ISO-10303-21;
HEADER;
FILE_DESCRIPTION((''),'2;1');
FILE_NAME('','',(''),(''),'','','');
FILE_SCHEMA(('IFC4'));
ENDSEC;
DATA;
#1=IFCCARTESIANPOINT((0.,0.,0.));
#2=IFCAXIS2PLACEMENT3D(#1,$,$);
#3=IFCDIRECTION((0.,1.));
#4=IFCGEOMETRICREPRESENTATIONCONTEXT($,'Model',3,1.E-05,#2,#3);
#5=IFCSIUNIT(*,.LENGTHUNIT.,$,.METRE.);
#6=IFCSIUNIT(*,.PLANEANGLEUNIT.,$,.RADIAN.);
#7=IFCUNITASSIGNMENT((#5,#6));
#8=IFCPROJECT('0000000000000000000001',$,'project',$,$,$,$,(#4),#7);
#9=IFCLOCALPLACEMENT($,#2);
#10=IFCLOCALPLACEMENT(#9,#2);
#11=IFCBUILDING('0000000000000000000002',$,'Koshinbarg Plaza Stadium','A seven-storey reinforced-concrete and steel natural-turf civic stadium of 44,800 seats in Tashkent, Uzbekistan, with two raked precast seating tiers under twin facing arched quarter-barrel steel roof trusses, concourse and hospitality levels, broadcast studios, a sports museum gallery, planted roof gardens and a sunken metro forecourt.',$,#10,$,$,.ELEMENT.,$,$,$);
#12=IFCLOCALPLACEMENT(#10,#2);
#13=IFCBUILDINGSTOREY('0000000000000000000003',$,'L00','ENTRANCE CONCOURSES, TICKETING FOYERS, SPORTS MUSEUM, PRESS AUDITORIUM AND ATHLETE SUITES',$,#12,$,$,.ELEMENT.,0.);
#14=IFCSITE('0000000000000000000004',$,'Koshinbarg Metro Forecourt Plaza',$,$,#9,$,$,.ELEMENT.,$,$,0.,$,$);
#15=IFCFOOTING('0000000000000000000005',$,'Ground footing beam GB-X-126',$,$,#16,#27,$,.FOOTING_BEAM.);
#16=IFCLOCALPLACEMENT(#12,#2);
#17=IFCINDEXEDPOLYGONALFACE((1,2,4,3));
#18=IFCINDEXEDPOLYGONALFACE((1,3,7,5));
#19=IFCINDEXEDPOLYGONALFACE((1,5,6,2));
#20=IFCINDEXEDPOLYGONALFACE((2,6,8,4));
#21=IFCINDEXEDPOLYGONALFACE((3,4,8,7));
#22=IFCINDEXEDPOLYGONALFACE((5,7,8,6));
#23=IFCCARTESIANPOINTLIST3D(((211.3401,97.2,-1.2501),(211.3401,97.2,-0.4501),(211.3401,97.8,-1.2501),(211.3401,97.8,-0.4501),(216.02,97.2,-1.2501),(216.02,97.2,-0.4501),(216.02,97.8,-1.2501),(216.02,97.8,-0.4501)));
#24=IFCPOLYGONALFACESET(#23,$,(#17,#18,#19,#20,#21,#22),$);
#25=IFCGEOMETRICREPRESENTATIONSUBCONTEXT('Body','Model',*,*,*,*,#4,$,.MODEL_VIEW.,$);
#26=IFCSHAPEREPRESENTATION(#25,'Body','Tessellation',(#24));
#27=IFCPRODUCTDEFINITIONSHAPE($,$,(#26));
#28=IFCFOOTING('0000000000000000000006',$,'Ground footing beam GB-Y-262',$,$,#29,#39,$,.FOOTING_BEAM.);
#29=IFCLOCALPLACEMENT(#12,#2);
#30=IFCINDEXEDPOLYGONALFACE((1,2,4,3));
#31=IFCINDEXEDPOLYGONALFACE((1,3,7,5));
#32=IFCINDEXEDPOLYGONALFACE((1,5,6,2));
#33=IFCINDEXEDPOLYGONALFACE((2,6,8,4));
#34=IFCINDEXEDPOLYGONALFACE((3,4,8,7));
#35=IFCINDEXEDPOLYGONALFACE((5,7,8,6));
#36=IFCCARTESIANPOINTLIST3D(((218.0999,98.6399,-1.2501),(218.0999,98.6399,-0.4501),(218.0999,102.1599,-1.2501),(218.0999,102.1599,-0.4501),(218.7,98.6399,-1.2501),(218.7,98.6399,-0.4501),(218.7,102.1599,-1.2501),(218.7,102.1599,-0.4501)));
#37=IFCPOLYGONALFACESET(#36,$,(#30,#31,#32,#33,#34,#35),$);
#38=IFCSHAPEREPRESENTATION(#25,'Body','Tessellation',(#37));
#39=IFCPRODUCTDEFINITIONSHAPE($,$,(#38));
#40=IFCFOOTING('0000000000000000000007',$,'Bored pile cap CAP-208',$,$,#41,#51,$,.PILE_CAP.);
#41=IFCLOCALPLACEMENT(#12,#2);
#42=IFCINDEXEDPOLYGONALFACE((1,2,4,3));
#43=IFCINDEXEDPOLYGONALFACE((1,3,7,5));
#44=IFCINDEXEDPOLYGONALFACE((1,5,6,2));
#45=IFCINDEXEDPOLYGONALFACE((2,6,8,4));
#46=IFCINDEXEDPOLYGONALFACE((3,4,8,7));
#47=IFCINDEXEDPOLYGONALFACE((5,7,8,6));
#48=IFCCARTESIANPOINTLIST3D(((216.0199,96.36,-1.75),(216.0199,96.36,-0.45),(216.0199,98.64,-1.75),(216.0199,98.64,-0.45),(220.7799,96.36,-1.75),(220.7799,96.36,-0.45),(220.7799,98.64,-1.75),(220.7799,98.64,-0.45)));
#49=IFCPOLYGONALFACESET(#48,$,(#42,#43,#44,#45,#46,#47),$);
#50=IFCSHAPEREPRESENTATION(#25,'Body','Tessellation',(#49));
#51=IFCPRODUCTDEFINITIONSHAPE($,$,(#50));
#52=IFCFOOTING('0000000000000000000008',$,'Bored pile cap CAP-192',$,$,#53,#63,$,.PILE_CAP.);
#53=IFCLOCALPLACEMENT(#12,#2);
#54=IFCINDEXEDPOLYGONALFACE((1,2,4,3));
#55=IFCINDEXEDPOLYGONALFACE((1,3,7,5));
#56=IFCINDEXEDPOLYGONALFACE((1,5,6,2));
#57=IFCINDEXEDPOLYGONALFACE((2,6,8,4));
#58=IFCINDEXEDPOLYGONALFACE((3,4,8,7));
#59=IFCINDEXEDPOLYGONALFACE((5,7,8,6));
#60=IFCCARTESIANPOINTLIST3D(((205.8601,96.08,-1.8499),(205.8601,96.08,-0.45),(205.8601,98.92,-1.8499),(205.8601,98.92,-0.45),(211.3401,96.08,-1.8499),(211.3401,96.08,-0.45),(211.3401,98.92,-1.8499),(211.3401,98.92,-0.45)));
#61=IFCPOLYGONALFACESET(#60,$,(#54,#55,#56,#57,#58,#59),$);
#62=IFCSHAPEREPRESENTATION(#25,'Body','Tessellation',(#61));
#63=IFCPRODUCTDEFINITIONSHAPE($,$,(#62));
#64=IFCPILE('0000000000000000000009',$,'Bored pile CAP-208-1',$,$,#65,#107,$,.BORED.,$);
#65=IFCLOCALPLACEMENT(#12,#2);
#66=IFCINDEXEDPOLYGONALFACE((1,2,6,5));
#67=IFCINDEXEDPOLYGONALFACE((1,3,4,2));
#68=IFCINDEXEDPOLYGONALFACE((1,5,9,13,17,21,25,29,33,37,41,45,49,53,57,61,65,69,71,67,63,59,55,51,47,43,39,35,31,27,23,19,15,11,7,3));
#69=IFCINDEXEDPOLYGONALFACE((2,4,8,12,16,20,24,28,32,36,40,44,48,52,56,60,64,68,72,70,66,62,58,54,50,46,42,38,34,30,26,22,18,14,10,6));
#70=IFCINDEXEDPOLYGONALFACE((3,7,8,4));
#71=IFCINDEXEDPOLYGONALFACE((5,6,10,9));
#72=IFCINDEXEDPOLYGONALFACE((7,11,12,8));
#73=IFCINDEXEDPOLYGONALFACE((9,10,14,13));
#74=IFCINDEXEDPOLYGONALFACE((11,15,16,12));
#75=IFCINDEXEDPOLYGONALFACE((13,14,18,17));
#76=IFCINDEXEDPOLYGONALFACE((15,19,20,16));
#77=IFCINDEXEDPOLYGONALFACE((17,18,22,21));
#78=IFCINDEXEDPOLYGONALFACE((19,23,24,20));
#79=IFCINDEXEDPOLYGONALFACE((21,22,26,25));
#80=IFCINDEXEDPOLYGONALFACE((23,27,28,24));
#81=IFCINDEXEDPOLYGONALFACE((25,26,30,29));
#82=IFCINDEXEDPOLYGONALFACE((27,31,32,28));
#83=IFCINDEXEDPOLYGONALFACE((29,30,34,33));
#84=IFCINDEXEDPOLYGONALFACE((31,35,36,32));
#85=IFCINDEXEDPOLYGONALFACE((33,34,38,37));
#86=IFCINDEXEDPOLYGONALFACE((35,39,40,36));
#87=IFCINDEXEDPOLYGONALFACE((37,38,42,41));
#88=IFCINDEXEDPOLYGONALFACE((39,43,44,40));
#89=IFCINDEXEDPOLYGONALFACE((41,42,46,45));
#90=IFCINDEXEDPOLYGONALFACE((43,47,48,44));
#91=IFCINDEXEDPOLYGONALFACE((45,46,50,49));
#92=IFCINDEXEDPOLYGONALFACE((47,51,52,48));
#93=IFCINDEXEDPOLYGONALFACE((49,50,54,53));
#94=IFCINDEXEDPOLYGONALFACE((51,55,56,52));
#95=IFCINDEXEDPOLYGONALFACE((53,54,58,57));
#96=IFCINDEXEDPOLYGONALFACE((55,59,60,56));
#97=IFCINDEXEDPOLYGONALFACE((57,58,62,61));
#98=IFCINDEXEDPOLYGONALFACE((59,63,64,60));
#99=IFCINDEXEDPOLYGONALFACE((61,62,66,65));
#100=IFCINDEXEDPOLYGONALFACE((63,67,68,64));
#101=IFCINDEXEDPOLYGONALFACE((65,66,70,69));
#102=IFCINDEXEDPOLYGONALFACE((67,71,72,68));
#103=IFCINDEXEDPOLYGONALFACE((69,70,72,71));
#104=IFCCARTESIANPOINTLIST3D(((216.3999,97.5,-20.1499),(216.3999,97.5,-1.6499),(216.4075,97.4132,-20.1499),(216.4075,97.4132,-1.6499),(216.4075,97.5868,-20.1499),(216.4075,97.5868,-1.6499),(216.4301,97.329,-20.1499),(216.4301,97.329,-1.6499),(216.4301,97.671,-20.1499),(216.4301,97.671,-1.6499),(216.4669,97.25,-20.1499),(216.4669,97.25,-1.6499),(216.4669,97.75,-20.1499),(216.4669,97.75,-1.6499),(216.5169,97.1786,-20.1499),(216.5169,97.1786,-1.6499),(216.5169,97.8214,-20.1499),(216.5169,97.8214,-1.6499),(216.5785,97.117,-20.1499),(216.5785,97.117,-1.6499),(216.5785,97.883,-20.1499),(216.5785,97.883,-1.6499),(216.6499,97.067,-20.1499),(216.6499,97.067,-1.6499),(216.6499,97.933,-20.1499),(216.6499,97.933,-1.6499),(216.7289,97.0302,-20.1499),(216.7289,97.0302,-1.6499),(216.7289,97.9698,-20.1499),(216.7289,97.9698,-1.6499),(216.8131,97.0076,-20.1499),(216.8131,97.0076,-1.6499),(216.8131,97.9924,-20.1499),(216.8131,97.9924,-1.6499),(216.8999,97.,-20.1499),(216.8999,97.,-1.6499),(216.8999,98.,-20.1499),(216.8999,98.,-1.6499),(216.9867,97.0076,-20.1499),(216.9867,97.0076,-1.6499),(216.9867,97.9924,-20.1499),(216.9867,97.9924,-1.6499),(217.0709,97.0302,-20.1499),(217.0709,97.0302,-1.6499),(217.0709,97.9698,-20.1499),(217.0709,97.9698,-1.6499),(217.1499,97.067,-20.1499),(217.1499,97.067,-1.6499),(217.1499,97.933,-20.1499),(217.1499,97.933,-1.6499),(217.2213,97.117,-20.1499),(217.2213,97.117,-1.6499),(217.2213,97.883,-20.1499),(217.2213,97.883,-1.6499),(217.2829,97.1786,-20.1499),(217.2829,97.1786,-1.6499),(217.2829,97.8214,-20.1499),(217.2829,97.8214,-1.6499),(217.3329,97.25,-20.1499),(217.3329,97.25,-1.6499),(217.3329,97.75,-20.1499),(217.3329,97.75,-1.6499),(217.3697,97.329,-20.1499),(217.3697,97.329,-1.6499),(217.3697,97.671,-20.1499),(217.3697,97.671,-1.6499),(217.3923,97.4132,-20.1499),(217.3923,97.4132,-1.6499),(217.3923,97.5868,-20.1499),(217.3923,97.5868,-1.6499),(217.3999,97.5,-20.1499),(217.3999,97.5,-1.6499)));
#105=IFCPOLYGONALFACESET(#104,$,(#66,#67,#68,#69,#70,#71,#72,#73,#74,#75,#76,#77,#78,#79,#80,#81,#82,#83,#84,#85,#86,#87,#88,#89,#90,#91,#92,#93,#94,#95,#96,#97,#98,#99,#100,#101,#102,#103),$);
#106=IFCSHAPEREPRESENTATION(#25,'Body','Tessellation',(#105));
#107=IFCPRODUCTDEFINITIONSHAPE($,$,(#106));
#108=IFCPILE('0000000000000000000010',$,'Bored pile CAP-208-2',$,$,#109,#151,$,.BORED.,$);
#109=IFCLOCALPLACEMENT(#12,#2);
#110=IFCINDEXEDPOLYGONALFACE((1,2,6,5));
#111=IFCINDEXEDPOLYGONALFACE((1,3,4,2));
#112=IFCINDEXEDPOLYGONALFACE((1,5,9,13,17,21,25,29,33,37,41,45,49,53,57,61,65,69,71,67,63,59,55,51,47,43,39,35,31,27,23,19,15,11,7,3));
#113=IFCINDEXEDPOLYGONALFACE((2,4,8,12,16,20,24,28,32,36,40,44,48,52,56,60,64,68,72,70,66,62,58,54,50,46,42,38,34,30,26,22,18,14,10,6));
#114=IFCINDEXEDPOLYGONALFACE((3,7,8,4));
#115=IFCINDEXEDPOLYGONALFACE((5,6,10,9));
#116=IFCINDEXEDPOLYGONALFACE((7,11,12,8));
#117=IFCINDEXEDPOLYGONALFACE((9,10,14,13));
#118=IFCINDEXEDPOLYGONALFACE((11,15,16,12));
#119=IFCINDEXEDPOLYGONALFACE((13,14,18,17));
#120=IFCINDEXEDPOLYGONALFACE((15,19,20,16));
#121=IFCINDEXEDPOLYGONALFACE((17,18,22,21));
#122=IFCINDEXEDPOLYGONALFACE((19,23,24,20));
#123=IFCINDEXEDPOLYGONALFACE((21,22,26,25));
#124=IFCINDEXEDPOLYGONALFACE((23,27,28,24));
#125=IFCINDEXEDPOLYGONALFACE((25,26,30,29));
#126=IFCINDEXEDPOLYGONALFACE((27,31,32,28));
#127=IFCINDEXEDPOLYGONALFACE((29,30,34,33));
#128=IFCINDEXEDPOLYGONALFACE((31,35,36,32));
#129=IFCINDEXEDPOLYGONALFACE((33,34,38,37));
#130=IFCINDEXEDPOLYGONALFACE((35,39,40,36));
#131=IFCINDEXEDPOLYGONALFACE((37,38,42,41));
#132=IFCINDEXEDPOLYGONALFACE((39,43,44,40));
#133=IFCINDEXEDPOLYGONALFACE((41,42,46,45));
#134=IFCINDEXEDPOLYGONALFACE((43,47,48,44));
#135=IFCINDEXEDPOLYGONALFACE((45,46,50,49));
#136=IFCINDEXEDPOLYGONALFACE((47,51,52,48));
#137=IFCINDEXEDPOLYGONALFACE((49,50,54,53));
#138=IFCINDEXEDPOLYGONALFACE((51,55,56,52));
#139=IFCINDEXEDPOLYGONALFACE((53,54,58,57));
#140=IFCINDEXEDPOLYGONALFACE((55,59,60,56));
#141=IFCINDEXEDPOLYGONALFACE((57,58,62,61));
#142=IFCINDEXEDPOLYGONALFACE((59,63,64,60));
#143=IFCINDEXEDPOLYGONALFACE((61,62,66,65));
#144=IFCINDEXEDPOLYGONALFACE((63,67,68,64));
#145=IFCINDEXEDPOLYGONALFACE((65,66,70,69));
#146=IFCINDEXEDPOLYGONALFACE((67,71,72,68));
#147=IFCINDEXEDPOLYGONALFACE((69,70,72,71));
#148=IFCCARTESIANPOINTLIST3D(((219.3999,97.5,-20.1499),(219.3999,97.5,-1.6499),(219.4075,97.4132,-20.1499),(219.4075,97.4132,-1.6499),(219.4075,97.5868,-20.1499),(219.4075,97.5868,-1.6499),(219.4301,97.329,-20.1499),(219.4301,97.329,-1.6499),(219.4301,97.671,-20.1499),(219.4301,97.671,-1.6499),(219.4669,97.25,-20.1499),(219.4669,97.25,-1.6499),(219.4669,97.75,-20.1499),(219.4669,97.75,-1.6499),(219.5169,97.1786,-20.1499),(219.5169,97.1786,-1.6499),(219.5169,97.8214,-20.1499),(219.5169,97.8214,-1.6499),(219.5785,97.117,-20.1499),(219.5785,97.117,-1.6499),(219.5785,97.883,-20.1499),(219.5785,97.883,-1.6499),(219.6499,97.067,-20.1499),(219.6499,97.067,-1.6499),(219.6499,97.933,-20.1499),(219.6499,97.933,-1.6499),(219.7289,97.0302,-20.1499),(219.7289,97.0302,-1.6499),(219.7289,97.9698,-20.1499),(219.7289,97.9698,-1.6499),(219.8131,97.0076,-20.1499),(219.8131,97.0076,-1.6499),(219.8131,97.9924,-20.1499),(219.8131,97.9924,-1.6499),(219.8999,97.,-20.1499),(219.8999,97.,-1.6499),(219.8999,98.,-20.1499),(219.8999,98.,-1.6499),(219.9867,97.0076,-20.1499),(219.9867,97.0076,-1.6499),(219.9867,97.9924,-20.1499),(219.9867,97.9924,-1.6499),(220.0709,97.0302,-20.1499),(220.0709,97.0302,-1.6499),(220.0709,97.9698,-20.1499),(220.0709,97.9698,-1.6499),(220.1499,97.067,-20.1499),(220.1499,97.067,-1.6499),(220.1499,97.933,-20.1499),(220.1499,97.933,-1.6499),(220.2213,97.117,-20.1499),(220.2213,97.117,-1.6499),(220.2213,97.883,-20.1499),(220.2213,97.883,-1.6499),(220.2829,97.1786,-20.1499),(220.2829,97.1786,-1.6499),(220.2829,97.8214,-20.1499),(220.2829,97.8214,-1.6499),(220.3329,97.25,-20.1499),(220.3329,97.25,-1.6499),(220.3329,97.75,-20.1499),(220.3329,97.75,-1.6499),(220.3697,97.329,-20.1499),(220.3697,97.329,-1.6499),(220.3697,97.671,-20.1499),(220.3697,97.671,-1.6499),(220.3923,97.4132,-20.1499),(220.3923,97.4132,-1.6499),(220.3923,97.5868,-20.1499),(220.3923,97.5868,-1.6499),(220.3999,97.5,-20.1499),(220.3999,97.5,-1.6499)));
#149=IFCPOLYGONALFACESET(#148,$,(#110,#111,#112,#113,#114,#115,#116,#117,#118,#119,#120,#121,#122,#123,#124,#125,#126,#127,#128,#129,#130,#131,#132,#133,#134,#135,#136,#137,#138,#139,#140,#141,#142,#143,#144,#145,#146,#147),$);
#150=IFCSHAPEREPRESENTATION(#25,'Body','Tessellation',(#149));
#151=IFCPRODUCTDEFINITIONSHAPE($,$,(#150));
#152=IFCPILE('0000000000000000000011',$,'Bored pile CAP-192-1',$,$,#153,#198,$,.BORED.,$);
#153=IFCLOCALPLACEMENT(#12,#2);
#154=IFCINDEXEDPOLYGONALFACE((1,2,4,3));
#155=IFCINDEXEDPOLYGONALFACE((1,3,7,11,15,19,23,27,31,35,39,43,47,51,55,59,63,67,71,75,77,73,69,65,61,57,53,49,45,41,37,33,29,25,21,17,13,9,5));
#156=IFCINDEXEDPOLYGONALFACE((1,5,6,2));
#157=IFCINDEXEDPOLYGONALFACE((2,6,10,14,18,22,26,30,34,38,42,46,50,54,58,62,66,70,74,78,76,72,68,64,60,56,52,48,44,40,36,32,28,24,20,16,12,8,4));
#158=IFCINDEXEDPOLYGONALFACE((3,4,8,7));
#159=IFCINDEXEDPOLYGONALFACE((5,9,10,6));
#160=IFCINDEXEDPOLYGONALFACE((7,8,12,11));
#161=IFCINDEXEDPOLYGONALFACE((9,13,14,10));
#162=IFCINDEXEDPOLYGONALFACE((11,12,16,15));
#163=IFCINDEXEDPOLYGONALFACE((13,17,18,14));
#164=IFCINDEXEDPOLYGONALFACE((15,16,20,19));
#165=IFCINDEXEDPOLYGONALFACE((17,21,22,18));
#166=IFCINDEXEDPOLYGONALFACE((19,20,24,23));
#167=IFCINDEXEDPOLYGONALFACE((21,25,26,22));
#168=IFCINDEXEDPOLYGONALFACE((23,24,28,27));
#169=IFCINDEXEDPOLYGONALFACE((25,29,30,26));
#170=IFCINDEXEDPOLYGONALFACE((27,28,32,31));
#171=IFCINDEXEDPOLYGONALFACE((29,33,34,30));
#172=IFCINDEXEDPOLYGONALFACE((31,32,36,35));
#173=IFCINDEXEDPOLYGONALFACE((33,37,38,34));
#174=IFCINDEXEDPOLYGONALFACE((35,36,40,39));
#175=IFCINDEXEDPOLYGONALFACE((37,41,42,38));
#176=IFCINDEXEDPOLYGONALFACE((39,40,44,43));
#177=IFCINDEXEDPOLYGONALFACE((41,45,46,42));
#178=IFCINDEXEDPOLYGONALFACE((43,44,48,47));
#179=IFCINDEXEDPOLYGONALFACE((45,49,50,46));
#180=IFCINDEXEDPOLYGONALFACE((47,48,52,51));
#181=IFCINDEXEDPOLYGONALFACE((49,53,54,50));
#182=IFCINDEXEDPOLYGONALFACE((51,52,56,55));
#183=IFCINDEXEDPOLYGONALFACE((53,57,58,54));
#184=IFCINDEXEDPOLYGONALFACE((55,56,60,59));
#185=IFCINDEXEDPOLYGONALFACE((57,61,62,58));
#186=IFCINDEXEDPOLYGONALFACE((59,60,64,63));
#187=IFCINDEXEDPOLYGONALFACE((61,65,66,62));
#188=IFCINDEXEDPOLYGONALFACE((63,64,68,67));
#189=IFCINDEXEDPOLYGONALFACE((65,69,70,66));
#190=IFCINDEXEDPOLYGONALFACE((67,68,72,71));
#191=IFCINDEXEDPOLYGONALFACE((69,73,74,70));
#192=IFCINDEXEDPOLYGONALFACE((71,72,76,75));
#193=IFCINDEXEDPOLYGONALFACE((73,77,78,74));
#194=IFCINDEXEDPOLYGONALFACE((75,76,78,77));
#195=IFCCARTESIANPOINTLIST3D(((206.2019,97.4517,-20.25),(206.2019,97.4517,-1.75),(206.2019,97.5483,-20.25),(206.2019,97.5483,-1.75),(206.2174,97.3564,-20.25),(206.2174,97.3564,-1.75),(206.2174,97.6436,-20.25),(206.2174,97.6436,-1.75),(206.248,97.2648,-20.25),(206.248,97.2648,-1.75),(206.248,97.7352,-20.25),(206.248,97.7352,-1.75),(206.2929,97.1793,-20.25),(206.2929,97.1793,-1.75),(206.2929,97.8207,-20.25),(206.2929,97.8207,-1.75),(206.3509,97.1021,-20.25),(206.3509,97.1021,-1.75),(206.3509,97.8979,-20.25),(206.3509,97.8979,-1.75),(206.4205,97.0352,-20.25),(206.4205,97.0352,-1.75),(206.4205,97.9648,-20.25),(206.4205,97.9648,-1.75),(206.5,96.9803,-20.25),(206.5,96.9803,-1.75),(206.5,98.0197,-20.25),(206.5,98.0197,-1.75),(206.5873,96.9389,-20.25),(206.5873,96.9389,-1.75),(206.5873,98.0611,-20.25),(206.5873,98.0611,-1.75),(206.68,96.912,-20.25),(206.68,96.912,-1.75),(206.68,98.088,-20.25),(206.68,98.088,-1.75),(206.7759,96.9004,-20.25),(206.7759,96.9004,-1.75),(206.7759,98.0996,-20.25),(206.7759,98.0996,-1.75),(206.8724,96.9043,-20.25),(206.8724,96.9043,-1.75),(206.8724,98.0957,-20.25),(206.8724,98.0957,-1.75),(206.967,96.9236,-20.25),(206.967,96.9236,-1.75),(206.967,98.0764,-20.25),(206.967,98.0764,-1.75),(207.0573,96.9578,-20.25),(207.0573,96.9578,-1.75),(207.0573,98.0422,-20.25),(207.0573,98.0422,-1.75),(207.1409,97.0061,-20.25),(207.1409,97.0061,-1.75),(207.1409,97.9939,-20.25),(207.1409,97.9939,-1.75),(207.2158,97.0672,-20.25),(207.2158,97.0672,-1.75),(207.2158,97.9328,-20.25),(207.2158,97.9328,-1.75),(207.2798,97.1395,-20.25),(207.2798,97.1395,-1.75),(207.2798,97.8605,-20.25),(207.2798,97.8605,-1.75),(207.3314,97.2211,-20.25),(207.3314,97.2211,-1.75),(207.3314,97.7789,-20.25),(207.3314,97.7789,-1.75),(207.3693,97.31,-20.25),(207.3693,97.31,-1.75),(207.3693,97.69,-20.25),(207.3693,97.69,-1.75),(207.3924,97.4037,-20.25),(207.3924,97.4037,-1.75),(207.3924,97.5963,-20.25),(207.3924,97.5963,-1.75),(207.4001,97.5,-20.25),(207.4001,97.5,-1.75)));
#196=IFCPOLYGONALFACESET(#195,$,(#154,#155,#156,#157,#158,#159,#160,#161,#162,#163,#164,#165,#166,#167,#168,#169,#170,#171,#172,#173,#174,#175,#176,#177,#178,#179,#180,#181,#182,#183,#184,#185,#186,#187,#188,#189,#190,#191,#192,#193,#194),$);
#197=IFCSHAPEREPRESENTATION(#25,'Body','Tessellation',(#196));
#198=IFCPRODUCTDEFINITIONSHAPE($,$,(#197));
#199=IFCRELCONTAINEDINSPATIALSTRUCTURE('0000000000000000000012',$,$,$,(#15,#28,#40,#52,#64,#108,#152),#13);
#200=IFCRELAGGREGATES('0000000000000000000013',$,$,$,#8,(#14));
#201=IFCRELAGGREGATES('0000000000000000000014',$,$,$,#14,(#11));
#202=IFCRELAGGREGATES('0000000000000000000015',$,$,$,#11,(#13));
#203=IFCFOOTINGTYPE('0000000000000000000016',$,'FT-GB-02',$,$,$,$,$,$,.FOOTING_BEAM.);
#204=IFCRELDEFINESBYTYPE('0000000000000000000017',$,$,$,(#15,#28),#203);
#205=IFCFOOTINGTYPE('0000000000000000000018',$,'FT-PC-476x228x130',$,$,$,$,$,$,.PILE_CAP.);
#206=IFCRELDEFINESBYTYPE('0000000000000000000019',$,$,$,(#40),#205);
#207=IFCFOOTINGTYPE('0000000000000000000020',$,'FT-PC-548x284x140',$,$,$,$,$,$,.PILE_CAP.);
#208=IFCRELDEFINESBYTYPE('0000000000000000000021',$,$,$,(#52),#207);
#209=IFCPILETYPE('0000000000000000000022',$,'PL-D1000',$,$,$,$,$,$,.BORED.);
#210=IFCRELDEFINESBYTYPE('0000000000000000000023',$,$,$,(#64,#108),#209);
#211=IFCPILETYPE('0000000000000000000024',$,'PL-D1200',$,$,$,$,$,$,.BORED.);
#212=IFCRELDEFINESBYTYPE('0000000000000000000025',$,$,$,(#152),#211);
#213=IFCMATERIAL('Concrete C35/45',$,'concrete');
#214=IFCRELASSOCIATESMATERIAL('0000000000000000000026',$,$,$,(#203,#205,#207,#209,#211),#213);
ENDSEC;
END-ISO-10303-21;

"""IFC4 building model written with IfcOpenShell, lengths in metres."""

from ifc_helpers import new_model, si_unit, direction, frame, origin, origin_2d, place, context, subcontext, project, spatial, rectangle, circle, extrude, material, material_profile, profile_set, type_object, element, save


model = new_model("IFC4")

# Units and contexts
model_context = context("Model", 3, precision=1e-05, world=origin(), true_north=direction((0.0, 1.0)))
body_context = subcontext(model_context, "Body", "Model", "MODEL_VIEW")
ifc_project = project(units=[si_unit("LENGTHUNIT", "METRE"), si_unit("PLANEANGLEUNIT", "RADIAN")], contexts=[model_context])

# Site, building, storey
site_placement = place(None, origin())
site = spatial("IfcSite", under=ifc_project, at=site_placement, Name="Koshinbarg Metro Forecourt Plaza", CompositionType="ELEMENT", RefElevation=0.0)
building_placement = place(site_placement, origin())
building = spatial("IfcBuilding", under=site, at=building_placement, Name="Koshinbarg Plaza Stadium", Description="A seven-storey reinforced-concrete and steel natural-turf civic stadium of 44,800 seats in Tashkent, Uzbekistan, with two raked precast seating tiers under twin facing arched quarter-barrel steel roof trusses, concourse and hospitality levels, broadcast studios, a sports museum gallery, planted roof gardens and a sunken metro forecourt.", CompositionType="ELEMENT")
storey_placement = place(building_placement, origin())
storey = spatial("IfcBuildingStorey", under=building, at=storey_placement, Name="L00", Description="ENTRANCE CONCOURSES, TICKETING FOYERS, SPORTS MUSEUM, PRESS AUDITORIUM AND ATHLETE SUITES", CompositionType="ELEMENT", Elevation=0.0)

# Footings
ifc_material_1 = material(Name="Concrete C35/45", Category="concrete")
ifc_material_profile_1 = material_profile(ifc_material_1, rectangle(XDim=0.6001, YDim=0.8, at=origin_2d()), Name="GB 600x800")
ifc_profile_set_1 = profile_set([ifc_material_profile_1], Name="Concrete C35/45")
footing_type_1 = type_object("IfcFootingType", Name="FT-GB-02", PredefinedType="FOOTING_BEAM", material=ifc_profile_set_1)
footing_1_placement = place(storey_placement, frame((211.3401, 97.5, -0.8501), z_axis=(1.0, 0.0, 0.0), x_axis=(0.0, 1.0, 0.0)))
element("IfcFooting", 1, at=footing_1_placement, inside=storey, type_object=footing_type_1, Name="Ground footing beam GB-X-126", PredefinedType="FOOTING_BEAM", context=body_context, shape_type="SweptSolid", body=[
    extrude(rectangle(XDim=0.6001, YDim=0.8, at=origin_2d()), origin(), (0.0, 0.0, 1.0), 4.6799),
])
footing_2_placement = place(storey_placement, frame((218.3999, 98.6399, -0.8501), z_axis=(0.0, 1.0, 0.0), x_axis=(-1.0, 0.0, 0.0)))
element("IfcFooting", 2, at=footing_2_placement, inside=storey, type_object=footing_type_1, Name="Ground footing beam GB-Y-262", PredefinedType="FOOTING_BEAM", context=body_context, shape_type="SweptSolid", body=[
    extrude(rectangle(XDim=0.6001, YDim=0.8, at=origin_2d()), origin(), (0.0, 0.0, 1.0), 3.52),
])
footing_type_2 = type_object("IfcFootingType", Name="FT-PC-476x228x130", PredefinedType="PILE_CAP", material=ifc_material_1)
footing_3_placement = place(storey_placement, frame((218.3999, 97.5, -1.75), z_axis=(0.0, 0.0, 1.0), x_axis=(1.0, 0.0, 0.0)))
element("IfcFooting", 3, at=footing_3_placement, inside=storey, type_object=footing_type_2, Name="Bored pile cap CAP-208", PredefinedType="PILE_CAP", context=body_context, shape_type="SweptSolid", body=[
    extrude(rectangle(XDim=4.76, YDim=2.28, at=origin_2d()), origin(), (0.0, 0.0, 1.0), 1.3),
])
footing_type_3 = type_object("IfcFootingType", Name="FT-PC-548x284x140", PredefinedType="PILE_CAP", material=ifc_material_1)
footing_4_placement = place(storey_placement, frame((208.6001, 97.5, -1.8499), z_axis=(0.0, 0.0, 1.0), x_axis=(1.0, 0.0, 0.0)))
element("IfcFooting", 4, at=footing_4_placement, inside=storey, type_object=footing_type_3, Name="Bored pile cap CAP-192", PredefinedType="PILE_CAP", context=body_context, shape_type="SweptSolid", body=[
    extrude(rectangle(XDim=5.48, YDim=2.8401, at=origin_2d()), origin(), (0.0, 0.0, 1.0), 1.3999),
])

# Piles
ifc_material_profile_2 = material_profile(ifc_material_1, circle(Radius=0.5, at=origin_2d()), Name="PILE D1000")
ifc_profile_set_2 = profile_set([ifc_material_profile_2], Name="Concrete C35/45")
pile_type_1 = type_object("IfcPileType", Name="PL-D1000", PredefinedType="BORED", material=ifc_profile_set_2)
for number, where, z_axis, x_axis, name in (
    (5, (216.8999, 97.5, -1.6499), (0.0, 0.0, -1.0), (1.0, 0.0, 0.0), "Bored pile CAP-208-1"),
    (6, (219.8999, 97.5, -1.6499), (0.0, 0.0, -1.0), (1.0, 0.0, 0.0), "Bored pile CAP-208-2"),
):
    element("IfcPile", number, at=place(storey_placement, frame(where, z_axis=z_axis, x_axis=x_axis)), inside=storey, type_object=pile_type_1, Name=name, PredefinedType="BORED", context=body_context, shape_type="SweptSolid", body=[
        extrude(circle(Radius=0.5, at=origin_2d()), origin(), (0.0, 0.0, 1.0), 18.5),
    ])
ifc_material_profile_3 = material_profile(ifc_material_1, circle(Radius=0.6001, at=origin_2d()), Name="PILE D1200")
ifc_profile_set_3 = profile_set([ifc_material_profile_3], Name="Concrete C35/45")
pile_type_2 = type_object("IfcPileType", Name="PL-D1200", PredefinedType="BORED", material=ifc_profile_set_3)
for number, where, z_axis, x_axis, name in (
    (7, (206.8, 97.5, -1.75), (0.0, 0.0, -1.0), (1.0, 0.0, 0.0), "Bored pile CAP-192-1"),
):
    element("IfcPile", number, at=place(storey_placement, frame(where, z_axis=z_axis, x_axis=x_axis)), inside=storey, type_object=pile_type_2, Name=name, PredefinedType="BORED", context=body_context, shape_type="SweptSolid", body=[
        extrude(circle(Radius=0.6001, at=origin_2d()), origin(), (0.0, 0.0, 1.0), 18.5),
    ])

save(model, "model.ifc")
